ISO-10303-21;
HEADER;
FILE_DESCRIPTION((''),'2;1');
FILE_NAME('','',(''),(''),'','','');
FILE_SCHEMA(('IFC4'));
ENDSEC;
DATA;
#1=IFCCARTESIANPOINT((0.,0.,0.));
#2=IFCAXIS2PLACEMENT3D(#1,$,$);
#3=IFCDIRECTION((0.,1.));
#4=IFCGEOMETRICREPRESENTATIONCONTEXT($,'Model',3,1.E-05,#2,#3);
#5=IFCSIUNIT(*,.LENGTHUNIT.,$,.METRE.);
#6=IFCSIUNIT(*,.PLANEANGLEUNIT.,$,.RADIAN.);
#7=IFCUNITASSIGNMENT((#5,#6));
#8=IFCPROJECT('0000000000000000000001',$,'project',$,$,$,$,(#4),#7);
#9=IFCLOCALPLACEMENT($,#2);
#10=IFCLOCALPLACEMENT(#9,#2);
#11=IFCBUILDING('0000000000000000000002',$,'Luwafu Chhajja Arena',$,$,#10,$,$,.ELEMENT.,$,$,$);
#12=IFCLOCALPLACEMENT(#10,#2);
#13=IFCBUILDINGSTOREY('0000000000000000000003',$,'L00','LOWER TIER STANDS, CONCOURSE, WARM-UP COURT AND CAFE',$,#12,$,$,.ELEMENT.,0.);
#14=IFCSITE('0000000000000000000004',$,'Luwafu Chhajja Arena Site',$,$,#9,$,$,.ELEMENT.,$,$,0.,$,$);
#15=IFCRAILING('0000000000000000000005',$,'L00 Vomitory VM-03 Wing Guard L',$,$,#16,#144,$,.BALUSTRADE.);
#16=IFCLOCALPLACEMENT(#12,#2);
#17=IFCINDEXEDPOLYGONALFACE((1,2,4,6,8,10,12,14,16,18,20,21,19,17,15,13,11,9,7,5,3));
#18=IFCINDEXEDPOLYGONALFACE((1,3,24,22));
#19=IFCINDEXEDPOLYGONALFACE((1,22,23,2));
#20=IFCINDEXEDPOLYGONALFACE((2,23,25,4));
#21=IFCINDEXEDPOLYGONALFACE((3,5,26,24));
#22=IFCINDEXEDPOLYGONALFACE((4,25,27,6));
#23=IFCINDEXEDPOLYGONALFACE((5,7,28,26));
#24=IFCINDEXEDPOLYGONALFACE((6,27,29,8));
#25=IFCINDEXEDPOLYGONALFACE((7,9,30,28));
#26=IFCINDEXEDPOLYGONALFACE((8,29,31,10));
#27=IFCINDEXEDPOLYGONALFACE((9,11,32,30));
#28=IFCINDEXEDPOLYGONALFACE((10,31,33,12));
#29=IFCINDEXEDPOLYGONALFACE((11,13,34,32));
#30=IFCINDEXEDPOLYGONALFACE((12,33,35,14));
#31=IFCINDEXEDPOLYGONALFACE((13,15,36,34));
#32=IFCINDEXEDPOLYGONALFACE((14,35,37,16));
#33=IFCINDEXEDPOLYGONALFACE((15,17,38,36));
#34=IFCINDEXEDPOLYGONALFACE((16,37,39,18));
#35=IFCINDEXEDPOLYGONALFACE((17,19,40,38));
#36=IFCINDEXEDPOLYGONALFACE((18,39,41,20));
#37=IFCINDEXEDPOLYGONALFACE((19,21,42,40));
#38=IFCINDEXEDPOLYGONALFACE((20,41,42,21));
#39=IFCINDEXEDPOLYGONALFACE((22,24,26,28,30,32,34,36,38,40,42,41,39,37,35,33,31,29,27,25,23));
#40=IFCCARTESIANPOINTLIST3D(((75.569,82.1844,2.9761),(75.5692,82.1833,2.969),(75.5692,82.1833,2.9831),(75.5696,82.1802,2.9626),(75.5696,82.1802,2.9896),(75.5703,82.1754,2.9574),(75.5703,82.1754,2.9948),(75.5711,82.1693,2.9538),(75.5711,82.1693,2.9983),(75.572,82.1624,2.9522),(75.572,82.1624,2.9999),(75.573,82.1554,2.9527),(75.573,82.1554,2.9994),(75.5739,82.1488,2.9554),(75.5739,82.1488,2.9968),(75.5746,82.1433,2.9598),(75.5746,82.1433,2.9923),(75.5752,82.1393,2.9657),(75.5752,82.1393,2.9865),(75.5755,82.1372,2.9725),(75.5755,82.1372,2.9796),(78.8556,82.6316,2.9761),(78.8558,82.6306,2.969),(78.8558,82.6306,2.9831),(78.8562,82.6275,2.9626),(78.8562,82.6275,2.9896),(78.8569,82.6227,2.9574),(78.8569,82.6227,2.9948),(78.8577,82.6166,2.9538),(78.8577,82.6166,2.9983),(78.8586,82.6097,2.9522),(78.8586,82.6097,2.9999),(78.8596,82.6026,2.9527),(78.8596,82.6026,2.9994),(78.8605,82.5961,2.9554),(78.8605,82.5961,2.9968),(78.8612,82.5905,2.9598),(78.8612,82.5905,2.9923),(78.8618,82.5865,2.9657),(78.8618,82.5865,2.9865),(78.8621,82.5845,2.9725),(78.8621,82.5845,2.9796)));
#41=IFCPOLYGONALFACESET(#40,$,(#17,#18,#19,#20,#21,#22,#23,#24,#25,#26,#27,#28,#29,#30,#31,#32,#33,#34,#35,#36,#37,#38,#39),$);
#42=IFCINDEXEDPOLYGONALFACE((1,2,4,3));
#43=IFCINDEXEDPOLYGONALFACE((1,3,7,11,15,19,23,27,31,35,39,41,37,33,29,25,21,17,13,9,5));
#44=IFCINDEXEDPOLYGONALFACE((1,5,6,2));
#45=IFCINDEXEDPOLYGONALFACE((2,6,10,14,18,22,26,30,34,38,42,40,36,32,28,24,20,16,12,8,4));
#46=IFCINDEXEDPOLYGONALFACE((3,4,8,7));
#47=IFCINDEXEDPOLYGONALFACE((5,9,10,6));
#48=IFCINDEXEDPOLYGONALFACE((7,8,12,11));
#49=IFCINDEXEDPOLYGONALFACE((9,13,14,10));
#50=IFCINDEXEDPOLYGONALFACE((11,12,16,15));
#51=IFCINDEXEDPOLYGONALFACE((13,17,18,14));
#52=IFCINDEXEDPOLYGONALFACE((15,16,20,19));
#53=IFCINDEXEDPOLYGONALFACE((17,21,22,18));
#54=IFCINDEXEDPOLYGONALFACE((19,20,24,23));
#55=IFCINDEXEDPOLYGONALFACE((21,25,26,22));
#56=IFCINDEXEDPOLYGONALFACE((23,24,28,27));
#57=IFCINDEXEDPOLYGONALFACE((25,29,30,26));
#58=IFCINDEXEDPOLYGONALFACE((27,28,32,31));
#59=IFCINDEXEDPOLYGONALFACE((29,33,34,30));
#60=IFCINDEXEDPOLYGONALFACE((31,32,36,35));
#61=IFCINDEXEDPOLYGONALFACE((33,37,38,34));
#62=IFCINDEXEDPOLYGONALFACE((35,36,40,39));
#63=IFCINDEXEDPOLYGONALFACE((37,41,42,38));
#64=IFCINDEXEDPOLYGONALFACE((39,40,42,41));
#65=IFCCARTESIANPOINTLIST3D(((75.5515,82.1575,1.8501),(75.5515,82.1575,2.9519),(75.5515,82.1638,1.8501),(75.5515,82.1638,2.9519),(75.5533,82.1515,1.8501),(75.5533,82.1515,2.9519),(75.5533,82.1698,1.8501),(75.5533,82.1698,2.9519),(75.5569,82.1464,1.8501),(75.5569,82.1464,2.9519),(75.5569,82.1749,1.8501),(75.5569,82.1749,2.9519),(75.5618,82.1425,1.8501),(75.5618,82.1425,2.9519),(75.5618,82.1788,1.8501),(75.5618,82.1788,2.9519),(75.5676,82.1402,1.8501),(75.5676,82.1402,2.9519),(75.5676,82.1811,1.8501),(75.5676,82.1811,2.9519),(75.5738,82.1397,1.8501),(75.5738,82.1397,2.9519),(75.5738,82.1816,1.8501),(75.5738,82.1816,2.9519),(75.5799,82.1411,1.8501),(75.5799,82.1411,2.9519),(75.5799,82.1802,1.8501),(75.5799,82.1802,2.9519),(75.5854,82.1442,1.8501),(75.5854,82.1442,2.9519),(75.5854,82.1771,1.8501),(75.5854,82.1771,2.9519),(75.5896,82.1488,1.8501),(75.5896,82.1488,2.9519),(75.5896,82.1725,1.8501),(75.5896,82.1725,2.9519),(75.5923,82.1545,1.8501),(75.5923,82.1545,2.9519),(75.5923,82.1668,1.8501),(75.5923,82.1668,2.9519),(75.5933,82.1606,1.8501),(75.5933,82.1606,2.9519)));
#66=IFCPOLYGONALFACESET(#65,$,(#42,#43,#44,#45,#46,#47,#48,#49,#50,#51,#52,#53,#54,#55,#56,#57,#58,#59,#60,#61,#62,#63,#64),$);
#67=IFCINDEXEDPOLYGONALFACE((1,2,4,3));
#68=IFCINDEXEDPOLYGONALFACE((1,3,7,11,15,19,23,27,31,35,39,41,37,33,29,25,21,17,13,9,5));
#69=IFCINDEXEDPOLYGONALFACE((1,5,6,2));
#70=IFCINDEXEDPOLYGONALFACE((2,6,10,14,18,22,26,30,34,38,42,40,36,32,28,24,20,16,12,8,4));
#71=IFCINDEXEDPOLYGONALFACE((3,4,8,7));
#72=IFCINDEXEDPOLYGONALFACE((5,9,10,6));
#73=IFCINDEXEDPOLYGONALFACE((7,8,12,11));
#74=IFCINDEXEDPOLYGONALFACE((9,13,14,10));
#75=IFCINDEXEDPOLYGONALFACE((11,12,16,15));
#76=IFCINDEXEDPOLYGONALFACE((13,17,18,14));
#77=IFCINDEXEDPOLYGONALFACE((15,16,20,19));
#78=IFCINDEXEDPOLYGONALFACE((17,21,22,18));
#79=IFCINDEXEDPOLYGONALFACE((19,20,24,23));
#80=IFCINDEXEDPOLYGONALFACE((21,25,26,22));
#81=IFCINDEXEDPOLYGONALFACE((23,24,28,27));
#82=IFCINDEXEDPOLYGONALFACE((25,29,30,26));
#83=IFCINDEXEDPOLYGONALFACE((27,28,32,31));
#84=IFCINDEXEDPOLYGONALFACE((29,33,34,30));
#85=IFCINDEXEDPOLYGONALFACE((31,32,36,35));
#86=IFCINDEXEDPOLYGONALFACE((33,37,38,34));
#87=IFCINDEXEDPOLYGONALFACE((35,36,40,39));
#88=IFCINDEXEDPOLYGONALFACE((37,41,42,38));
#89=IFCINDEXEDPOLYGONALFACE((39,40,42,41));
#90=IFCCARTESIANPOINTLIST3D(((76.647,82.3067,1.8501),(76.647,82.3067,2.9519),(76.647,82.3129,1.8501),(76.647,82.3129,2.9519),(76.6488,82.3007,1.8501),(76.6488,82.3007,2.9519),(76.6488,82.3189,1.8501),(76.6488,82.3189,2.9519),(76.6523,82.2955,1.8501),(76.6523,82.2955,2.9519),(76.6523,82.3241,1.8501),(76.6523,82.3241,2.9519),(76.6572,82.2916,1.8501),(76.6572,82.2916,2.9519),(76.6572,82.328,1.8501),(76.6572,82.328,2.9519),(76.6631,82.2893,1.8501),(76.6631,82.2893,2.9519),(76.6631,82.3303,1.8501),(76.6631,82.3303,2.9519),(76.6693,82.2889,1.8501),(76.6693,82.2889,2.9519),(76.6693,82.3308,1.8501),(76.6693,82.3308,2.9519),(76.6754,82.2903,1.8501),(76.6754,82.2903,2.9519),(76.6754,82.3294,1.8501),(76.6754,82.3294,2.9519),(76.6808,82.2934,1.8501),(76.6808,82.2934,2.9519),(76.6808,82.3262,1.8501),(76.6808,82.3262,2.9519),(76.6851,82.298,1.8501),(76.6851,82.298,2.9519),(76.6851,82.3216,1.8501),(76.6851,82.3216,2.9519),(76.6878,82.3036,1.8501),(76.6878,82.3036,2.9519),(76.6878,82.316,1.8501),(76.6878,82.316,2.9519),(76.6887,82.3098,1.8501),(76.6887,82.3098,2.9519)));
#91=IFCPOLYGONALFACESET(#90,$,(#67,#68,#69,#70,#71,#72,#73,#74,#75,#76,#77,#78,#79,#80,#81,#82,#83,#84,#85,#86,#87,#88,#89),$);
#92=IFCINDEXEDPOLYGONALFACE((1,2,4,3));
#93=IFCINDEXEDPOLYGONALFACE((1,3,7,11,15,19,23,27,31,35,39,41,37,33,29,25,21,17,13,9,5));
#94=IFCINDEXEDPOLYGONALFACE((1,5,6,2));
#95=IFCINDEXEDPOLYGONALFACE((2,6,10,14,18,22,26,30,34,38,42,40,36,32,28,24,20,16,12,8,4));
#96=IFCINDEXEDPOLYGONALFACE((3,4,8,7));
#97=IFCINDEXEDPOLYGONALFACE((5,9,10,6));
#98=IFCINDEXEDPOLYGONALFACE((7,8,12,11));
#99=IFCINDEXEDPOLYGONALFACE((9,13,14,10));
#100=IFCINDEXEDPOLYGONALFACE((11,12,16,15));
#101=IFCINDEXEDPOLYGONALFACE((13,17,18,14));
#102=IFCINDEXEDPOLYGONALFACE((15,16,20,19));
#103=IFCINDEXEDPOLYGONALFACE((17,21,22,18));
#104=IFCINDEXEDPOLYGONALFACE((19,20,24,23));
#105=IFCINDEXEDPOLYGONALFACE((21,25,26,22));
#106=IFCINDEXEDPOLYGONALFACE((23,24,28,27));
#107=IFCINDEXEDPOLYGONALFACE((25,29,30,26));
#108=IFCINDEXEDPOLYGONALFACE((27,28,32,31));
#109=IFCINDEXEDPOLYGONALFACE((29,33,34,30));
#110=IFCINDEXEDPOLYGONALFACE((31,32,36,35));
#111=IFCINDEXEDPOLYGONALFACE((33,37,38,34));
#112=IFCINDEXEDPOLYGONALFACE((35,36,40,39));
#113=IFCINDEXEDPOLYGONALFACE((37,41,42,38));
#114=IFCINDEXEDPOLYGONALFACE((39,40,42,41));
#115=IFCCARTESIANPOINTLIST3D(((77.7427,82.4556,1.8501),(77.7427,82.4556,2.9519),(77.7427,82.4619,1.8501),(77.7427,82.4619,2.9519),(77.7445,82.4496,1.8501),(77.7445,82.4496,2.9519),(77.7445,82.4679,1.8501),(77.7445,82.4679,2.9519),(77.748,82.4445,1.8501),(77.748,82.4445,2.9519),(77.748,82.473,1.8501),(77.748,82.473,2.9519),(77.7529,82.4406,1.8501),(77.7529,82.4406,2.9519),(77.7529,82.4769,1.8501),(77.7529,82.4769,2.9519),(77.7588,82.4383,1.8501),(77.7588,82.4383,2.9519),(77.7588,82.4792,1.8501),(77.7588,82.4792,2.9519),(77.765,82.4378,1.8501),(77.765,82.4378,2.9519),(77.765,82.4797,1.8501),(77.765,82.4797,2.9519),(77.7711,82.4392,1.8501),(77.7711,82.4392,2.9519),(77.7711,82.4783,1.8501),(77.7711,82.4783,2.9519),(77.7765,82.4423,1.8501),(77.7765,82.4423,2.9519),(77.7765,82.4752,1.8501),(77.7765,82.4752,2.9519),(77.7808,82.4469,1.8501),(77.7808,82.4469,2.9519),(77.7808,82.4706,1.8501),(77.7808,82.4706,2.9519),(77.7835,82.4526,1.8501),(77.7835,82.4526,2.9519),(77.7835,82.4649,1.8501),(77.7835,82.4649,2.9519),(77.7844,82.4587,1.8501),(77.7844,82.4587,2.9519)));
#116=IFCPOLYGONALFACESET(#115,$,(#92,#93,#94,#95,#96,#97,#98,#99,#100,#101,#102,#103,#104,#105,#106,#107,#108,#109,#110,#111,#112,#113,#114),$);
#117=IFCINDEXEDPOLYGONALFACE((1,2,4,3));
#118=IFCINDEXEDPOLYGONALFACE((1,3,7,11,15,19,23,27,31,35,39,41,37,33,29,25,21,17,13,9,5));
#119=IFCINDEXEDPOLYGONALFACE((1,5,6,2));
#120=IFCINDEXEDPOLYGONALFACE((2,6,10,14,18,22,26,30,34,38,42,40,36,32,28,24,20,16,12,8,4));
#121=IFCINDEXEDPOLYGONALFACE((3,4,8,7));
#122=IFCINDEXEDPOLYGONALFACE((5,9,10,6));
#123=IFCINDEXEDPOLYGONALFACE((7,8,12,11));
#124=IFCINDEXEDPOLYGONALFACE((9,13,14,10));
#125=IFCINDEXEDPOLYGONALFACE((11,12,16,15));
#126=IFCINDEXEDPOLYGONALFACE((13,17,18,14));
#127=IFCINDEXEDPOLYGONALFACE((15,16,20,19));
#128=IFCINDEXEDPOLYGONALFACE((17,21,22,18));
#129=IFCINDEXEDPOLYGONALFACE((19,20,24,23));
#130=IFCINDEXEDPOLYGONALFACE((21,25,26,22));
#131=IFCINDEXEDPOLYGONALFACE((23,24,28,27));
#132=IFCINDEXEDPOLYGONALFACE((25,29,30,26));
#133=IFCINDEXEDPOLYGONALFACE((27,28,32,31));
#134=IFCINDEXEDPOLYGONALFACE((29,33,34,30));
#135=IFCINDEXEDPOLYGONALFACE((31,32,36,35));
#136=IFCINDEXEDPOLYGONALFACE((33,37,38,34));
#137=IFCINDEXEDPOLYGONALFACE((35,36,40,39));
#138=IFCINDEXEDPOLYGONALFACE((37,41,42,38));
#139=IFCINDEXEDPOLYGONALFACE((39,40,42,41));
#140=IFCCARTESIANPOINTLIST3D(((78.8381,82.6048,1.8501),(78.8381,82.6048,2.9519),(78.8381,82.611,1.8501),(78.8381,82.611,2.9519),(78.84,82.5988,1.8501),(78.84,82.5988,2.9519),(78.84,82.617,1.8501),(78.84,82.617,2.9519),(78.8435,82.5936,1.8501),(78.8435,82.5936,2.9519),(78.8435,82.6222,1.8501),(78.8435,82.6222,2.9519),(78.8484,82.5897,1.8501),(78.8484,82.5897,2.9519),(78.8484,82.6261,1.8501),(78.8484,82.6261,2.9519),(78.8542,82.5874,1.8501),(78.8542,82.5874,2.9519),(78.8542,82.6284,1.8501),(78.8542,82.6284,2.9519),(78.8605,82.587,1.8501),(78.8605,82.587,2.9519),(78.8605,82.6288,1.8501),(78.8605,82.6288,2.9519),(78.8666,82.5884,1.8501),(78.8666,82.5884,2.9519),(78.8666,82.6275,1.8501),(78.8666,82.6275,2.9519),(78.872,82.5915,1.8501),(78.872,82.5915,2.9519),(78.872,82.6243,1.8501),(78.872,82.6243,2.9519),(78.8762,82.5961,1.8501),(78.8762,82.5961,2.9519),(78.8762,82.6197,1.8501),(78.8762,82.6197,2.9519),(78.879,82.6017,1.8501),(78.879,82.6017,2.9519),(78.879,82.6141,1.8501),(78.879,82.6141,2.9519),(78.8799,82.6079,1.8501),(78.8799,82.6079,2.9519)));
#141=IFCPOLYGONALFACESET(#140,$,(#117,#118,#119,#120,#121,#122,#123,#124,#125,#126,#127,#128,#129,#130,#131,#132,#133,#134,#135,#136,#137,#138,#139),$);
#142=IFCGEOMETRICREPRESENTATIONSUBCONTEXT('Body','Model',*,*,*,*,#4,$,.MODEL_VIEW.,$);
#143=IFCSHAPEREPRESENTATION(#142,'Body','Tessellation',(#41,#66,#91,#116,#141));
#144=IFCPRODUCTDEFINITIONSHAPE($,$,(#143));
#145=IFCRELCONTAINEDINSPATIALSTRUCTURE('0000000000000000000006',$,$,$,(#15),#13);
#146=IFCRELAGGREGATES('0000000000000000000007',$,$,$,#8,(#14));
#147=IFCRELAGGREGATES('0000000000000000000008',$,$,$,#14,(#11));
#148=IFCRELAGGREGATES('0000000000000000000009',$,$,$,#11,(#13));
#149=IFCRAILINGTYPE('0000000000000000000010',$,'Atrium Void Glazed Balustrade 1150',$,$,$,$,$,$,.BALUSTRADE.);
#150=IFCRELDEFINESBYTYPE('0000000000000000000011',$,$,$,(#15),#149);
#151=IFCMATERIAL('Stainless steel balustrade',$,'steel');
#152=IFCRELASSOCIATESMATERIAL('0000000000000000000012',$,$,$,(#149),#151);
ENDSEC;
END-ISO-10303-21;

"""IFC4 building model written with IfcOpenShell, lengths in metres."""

from ifc_helpers import new_model, si_unit, direction, frame, origin, origin_2d, place, context, subcontext, project, spatial, circle, extrude, material, type_object, element, save


model = new_model("IFC4")

# Units and contexts
model_context = context("Model", 3, precision=1e-05, world=origin(), true_north=direction((0.0, 1.0)))
body_context = subcontext(model_context, "Body", "Model", "MODEL_VIEW")
ifc_project = project(units=[si_unit("LENGTHUNIT", "METRE"), si_unit("PLANEANGLEUNIT", "RADIAN")], contexts=[model_context])

# Site, building, storey
site_placement = place(None, origin())
site = spatial("IfcSite", under=ifc_project, at=site_placement, Name="Luwafu Chhajja Arena Site", CompositionType="ELEMENT", RefElevation=0.0)
building_placement = place(site_placement, origin())
building = spatial("IfcBuilding", under=site, at=building_placement, Name="Luwafu Chhajja Arena", CompositionType="ELEMENT")
storey_placement = place(building_placement, origin())
storey = spatial("IfcBuildingStorey", under=building, at=storey_placement, Name="L00", Description="LOWER TIER STANDS, CONCOURSE, WARM-UP COURT AND CAFE", CompositionType="ELEMENT", Elevation=0.0)

# Railing
ifc_material_1 = material(Name="Stainless steel balustrade", Category="steel")
railing_type = type_object("IfcRailingType", Name="Atrium Void Glazed Balustrade 1150", PredefinedType="BALUSTRADE", material=ifc_material_1)
railing_placement = place(storey_placement, frame((75.5723, 82.1606, 1.8501)))
element("IfcRailing", 1, at=railing_placement, inside=storey, type_object=railing_type, Name="L00 Vomitory VM-03 Wing Guard L", PredefinedType="BALUSTRADE", context=body_context, shape_type="SweptSolid", body=[
    extrude(circle(Radius=0.0239, at=origin_2d()), frame((0.0, 0.0, 1.126), z_axis=(0.990867, 0.134844, 0.0), x_axis=(-0.134844, 0.990867, 0.0)), (0.0, 0.0, 1.0), 3.3169),
    extrude(circle(Radius=0.021, at=origin_2d()), origin(), (0.0, 0.0, 1.0), 1.1018),
    extrude(circle(Radius=0.021, at=origin_2d()), frame((1.0955, 0.1492, 0.0)), (0.0, 0.0, 1.0), 1.1018),
    extrude(circle(Radius=0.021, at=origin_2d()), frame((2.1912, 0.2981, 0.0)), (0.0, 0.0, 1.0), 1.1018),
    extrude(circle(Radius=0.021, at=origin_2d()), frame((3.2866, 0.4473, 0.0)), (0.0, 0.0, 1.0), 1.1018),
])

save(model, "model.ifc")
